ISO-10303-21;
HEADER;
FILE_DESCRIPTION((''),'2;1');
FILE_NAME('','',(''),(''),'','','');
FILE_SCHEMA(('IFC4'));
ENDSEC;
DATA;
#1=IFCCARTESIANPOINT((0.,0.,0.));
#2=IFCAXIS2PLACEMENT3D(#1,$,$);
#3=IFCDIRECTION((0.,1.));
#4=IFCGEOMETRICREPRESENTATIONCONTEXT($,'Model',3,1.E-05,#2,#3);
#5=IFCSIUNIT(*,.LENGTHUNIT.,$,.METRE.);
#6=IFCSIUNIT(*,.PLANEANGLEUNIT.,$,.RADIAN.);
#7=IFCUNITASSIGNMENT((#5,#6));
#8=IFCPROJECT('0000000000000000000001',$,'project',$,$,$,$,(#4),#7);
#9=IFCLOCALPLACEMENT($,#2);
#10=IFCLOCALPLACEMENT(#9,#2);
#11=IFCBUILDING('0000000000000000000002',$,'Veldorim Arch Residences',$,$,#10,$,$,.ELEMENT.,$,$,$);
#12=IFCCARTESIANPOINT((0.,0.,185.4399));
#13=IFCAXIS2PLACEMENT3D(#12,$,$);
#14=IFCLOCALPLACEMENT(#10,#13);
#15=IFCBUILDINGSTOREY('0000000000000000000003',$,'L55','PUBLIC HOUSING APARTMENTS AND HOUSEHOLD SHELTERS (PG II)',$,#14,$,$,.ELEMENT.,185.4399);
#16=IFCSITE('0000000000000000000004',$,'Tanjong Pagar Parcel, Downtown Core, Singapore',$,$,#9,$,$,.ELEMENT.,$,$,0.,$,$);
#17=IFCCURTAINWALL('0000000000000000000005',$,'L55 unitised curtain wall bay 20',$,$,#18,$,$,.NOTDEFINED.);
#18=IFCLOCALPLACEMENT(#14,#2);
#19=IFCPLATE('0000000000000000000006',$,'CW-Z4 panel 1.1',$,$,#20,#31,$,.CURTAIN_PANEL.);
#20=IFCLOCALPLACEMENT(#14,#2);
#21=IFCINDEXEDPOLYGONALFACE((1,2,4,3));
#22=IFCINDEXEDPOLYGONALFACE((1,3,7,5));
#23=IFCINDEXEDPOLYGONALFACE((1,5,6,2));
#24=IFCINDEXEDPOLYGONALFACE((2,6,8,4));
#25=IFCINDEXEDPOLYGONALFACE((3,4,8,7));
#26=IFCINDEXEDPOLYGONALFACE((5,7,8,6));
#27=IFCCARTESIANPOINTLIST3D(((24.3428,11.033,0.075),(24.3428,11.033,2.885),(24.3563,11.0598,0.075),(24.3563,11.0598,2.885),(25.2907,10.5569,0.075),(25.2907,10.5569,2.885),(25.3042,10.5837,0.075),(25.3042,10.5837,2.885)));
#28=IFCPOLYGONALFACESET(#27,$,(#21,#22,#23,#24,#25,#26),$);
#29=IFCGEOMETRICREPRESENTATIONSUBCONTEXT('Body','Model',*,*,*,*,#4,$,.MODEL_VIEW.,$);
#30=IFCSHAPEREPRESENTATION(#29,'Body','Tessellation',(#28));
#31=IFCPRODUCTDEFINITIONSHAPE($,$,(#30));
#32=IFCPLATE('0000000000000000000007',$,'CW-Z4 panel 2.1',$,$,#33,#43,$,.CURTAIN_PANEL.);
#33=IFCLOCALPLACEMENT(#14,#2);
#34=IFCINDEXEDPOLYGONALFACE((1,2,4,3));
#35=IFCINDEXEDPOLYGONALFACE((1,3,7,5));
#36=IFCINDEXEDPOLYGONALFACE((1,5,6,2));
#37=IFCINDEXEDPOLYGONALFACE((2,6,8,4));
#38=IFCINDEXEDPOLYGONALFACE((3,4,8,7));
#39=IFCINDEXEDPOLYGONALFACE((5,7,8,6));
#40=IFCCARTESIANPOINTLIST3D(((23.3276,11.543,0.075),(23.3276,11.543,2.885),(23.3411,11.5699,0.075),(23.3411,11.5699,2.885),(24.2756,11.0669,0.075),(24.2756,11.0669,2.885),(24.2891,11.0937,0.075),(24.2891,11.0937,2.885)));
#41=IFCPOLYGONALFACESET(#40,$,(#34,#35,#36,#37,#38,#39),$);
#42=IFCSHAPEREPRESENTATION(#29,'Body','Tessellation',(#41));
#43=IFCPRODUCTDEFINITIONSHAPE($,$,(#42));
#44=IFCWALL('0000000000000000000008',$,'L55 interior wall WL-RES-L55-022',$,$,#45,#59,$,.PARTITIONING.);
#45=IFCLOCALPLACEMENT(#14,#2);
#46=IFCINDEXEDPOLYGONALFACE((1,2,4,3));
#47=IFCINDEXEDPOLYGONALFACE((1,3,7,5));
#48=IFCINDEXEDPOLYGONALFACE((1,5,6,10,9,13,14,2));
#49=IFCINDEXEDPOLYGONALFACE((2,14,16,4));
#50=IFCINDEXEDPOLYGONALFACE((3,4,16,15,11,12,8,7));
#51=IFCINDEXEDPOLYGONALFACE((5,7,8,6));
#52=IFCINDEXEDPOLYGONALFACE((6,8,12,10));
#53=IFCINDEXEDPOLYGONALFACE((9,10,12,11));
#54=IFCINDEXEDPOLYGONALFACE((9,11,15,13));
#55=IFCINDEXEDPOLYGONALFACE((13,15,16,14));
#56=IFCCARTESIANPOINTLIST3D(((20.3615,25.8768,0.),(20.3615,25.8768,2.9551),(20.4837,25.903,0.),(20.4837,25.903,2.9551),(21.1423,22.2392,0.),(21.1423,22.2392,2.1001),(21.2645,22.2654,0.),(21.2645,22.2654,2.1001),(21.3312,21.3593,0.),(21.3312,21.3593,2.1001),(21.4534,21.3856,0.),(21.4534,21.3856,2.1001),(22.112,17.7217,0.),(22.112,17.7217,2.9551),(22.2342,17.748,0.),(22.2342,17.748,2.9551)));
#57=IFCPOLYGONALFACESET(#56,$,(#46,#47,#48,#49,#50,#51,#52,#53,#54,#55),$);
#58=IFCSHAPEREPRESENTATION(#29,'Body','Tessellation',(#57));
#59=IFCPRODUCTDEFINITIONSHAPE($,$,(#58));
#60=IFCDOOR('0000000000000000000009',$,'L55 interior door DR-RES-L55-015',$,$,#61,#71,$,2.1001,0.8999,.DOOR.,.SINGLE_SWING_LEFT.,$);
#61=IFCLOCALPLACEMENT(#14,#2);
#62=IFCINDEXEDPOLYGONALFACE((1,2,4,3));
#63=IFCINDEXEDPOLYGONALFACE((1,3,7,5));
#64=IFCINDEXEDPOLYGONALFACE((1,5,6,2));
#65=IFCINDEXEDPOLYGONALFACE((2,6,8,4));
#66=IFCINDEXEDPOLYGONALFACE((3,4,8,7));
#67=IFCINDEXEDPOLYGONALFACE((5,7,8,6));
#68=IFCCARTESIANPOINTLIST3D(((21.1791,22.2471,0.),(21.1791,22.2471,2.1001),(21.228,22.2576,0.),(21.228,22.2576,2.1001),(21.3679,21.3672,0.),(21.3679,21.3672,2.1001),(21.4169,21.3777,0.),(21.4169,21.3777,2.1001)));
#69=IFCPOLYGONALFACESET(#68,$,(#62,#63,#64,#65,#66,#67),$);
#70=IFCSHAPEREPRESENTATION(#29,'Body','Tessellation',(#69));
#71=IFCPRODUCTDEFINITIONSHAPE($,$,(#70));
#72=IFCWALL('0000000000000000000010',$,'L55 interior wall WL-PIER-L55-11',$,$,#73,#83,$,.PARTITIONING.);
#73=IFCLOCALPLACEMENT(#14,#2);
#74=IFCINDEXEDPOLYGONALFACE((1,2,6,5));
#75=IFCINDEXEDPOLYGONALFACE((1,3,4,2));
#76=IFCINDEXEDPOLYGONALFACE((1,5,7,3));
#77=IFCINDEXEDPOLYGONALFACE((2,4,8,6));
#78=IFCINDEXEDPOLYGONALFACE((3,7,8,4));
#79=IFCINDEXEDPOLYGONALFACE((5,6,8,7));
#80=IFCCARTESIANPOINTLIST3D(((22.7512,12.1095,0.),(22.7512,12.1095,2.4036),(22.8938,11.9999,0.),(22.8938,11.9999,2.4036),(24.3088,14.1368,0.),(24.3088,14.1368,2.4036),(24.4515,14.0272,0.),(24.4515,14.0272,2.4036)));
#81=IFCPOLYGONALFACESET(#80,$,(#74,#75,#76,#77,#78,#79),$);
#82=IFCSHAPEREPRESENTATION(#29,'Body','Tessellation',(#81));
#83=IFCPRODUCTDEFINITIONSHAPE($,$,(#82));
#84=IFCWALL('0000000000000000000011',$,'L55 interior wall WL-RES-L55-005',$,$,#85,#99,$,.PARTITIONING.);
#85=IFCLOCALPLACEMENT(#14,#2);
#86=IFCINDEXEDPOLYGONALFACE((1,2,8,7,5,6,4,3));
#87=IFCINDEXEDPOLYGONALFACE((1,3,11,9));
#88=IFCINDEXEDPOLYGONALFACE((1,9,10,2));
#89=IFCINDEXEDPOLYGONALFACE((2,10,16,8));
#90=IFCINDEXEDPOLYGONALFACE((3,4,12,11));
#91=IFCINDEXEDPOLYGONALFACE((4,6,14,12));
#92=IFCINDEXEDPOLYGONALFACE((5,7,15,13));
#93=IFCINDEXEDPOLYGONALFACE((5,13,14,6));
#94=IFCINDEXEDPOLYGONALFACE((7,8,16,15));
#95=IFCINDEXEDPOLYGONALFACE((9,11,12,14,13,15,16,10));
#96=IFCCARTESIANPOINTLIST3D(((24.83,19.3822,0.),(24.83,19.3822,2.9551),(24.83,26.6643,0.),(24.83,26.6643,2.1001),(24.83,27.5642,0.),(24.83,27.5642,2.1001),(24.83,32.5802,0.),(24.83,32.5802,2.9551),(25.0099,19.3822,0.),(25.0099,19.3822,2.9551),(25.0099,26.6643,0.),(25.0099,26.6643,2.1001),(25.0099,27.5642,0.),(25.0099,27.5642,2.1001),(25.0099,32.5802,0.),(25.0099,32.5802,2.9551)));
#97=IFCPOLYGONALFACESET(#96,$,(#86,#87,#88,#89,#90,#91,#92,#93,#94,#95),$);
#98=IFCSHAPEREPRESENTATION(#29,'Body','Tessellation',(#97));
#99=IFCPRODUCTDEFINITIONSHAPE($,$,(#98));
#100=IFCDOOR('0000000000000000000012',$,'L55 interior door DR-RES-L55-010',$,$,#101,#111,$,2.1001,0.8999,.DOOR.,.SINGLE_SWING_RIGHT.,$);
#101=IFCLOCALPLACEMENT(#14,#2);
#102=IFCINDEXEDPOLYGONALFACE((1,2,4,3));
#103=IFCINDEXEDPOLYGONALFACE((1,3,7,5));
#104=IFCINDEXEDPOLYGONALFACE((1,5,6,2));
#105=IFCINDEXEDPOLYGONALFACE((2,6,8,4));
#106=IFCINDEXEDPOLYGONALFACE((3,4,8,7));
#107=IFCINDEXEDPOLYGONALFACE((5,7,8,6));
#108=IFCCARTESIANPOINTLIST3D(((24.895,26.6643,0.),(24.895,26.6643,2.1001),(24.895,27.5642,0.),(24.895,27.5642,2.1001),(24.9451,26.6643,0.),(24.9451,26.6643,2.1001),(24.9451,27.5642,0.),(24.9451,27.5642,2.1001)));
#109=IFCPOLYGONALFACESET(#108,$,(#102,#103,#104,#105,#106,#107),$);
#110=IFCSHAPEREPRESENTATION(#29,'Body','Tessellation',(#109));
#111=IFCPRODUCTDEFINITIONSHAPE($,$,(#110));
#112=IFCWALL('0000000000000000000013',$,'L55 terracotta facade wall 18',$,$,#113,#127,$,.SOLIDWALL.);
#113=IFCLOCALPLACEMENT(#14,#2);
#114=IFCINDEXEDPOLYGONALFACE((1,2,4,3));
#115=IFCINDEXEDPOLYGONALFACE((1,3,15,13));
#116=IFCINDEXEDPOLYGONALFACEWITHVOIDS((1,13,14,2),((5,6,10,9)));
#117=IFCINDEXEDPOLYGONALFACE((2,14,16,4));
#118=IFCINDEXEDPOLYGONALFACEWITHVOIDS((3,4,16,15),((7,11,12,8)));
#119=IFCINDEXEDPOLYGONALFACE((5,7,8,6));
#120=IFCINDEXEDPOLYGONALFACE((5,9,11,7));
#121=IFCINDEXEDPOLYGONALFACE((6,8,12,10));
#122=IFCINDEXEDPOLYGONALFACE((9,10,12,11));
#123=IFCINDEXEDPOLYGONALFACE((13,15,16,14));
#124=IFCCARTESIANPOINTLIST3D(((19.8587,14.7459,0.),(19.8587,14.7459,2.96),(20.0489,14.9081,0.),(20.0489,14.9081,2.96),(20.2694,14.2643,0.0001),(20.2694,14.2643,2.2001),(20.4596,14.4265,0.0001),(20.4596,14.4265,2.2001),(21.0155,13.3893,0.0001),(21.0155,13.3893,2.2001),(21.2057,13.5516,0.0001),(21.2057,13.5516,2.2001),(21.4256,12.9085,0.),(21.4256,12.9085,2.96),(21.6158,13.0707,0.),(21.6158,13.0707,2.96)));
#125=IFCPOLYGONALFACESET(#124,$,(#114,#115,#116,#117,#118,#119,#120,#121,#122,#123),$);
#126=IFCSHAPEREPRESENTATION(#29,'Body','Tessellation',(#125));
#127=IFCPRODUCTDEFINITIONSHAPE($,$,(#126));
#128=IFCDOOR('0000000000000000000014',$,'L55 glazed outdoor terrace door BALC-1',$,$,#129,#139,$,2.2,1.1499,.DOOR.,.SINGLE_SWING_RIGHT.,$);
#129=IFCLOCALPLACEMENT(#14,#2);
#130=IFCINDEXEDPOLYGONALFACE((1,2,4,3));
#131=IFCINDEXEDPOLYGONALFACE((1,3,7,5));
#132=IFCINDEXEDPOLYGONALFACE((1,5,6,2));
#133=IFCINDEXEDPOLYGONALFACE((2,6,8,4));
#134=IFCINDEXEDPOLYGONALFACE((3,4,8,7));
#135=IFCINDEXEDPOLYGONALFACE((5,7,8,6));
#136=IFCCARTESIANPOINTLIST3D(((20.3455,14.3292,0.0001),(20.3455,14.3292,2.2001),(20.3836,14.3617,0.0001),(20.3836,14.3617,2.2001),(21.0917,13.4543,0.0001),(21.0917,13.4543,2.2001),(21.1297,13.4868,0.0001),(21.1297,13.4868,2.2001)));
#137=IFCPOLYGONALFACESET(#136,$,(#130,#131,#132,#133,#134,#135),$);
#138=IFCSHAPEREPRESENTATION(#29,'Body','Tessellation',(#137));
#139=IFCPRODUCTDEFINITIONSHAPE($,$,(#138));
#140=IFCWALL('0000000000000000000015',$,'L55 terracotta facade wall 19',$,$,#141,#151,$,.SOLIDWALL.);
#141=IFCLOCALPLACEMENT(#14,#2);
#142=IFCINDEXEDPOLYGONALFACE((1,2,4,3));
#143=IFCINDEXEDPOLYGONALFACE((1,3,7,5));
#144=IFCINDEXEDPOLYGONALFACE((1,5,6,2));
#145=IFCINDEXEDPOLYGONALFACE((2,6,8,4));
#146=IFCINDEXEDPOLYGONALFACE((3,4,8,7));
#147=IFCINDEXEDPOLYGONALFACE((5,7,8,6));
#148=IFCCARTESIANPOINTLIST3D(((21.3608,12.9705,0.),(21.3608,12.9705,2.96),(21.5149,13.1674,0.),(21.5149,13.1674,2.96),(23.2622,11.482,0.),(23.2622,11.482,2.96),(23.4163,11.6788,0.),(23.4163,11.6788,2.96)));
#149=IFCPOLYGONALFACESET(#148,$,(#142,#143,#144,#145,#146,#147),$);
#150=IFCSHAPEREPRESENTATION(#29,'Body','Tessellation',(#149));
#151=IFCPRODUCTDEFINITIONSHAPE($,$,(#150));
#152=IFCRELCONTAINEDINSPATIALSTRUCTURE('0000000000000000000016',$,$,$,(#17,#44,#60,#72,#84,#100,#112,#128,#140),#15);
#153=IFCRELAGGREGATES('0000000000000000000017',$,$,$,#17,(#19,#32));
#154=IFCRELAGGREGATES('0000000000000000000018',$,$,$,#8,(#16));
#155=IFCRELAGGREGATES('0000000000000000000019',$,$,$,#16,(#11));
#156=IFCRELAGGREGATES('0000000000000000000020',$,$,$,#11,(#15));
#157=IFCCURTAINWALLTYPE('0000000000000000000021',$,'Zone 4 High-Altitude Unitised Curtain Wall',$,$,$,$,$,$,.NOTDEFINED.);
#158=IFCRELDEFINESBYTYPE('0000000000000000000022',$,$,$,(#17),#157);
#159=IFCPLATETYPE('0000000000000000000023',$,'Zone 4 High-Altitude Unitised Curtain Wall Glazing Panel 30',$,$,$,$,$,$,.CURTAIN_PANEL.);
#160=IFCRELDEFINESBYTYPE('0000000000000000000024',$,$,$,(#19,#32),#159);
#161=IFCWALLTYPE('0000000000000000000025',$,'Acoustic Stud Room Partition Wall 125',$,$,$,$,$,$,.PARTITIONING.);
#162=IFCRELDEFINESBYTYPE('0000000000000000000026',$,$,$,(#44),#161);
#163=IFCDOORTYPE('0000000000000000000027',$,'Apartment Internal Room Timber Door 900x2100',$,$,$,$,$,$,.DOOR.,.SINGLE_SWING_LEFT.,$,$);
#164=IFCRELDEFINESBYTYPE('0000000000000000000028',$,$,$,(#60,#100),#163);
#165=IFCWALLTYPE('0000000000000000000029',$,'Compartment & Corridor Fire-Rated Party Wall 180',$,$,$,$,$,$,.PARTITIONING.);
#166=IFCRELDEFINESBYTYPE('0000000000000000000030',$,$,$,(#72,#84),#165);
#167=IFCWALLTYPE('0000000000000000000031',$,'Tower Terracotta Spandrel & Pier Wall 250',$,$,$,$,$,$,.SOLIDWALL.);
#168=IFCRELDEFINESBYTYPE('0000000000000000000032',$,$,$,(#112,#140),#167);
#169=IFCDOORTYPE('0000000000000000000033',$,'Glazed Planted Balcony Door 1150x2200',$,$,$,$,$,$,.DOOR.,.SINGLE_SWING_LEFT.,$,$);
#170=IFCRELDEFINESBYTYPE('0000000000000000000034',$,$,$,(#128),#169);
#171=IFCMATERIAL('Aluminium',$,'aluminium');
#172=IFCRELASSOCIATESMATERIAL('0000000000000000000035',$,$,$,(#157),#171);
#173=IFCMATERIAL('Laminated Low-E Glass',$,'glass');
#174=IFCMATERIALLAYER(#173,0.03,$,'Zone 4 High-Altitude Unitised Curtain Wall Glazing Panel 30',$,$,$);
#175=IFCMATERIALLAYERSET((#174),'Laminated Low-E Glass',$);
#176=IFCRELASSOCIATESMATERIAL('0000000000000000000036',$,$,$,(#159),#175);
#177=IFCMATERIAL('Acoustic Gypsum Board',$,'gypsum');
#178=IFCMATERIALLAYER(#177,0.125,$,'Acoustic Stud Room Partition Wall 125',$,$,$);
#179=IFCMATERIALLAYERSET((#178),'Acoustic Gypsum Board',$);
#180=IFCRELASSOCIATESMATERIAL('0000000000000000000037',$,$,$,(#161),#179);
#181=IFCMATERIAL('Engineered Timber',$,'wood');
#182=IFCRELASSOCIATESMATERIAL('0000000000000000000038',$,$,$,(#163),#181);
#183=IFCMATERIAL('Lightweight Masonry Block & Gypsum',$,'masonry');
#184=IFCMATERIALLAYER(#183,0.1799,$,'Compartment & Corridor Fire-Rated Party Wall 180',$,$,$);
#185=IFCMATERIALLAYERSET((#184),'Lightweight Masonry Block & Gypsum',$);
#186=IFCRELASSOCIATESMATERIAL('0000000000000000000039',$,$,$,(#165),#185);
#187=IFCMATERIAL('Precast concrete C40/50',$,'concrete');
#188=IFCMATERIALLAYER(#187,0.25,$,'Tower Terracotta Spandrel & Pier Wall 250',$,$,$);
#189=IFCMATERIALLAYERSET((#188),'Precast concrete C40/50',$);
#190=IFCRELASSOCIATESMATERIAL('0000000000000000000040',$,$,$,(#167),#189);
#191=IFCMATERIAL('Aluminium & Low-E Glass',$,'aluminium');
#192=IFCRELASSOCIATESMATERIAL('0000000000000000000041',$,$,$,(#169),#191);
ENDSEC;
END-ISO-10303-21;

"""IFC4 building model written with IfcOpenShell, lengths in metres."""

from ifc_helpers import new_model, si_unit, direction, frame, frame_2d, origin, origin_2d, place, context, subcontext, project, spatial, rectangle, extrude, material, layer, layer_set, type_object, element, fill, aggregate, save


model = new_model("IFC4")

# Units and contexts
model_context = context("Model", 3, precision=1e-05, world=origin(), true_north=direction((0.0, 1.0)))
body_context = subcontext(model_context, "Body", "Model", "MODEL_VIEW")
ifc_project = project(units=[si_unit("LENGTHUNIT", "METRE"), si_unit("PLANEANGLEUNIT", "RADIAN")], contexts=[model_context])

# Site, building, storey
site_placement = place(None, origin())
site = spatial("IfcSite", under=ifc_project, at=site_placement, Name="Tanjong Pagar Parcel, Downtown Core, Singapore", CompositionType="ELEMENT", RefElevation=0.0)
building_placement = place(site_placement, origin())
building = spatial("IfcBuilding", under=site, at=building_placement, Name="Veldorim Arch Residences", CompositionType="ELEMENT")
storey_placement = place(building_placement, frame((0.0, 0.0, 185.4399)))
storey = spatial("IfcBuildingStorey", under=building, at=storey_placement, Name="L55", Description="PUBLIC HOUSING APARTMENTS AND HOUSEHOLD SHELTERS (PG II)", CompositionType="ELEMENT", Elevation=185.4399)

# Curtain wall, plates
ifc_material_1 = material(Name="Aluminium", Category="aluminium")
curtain_wall_type = type_object("IfcCurtainWallType", Name="Zone 4 High-Altitude Unitised Curtain Wall", PredefinedType="NOTDEFINED", material=ifc_material_1)
curtain_wall_placement = place(storey_placement, origin())
curtain_wall = element("IfcCurtainWall", 1, at=curtain_wall_placement, inside=storey, type_object=curtain_wall_type, Name="L55 unitised curtain wall bay 20", PredefinedType="NOTDEFINED")
ifc_material_2 = material(Name="Laminated Low-E Glass", Category="glass")
ifc_layer_1 = layer(ifc_material_2, 0.03, Name="Zone 4 High-Altitude Unitised Curtain Wall Glazing Panel 30")
ifc_layer_set_1 = layer_set([ifc_layer_1], Name="Laminated Low-E Glass")
plate_type = type_object("IfcPlateType", Name="Zone 4 High-Altitude Unitised Curtain Wall Glazing Panel 30", PredefinedType="CURTAIN_PANEL", material=ifc_layer_set_1)
plate_1_placement = place(storey_placement, frame((24.8235, 10.8083, 0.075), z_axis=(0.0, 0.0, 1.0), x_axis=(-0.893599, 0.448866, 0.0)))
plate_1 = element("IfcPlate", 2, at=plate_1_placement, type_object=plate_type, Name="CW-Z4 panel 1.1", PredefinedType="CURTAIN_PANEL", context=body_context, shape_type="SweptSolid", body=[
    extrude(rectangle(XDim=1.0608, YDim=0.03, at=origin_2d()), origin(), (0.0, 0.0, 1.0), 2.8101),
])
plate_2_placement = place(storey_placement, frame((23.8083, 11.3184, 0.075), z_axis=(0.0, 0.0, 1.0), x_axis=(-0.893599, 0.448866, 0.0)))
plate_2 = element("IfcPlate", 3, at=plate_2_placement, type_object=plate_type, Name="CW-Z4 panel 2.1", PredefinedType="CURTAIN_PANEL", context=body_context, shape_type="SweptSolid", body=[
    extrude(rectangle(XDim=1.0608, YDim=0.03, at=origin_2d()), origin(), (0.0, 0.0, 1.0), 2.8101),
])
aggregate(curtain_wall, [plate_1, plate_2])

# Wall, opening, door
ifc_material_3 = material(Name="Acoustic Gypsum Board", Category="gypsum")
ifc_layer_2 = layer(ifc_material_3, 0.125, Name="Acoustic Stud Room Partition Wall 125")
ifc_layer_set_2 = layer_set([ifc_layer_2], Name="Acoustic Gypsum Board")
wall_type_1 = type_object("IfcWallType", Name="Acoustic Stud Room Partition Wall 125", PredefinedType="PARTITIONING", material=ifc_layer_set_2)
wall_1_placement = place(storey_placement, frame((22.1731, 17.7349, 0.0), z_axis=(0.0, 0.0, 1.0), x_axis=(-0.209871, 0.977729, 0.0)))
wall_1 = element("IfcWall", 4, at=wall_1_placement, inside=storey, type_object=wall_type_1, Name="L55 interior wall WL-RES-L55-022", PredefinedType="PARTITIONING", context=body_context, shape_type="SweptSolid", body=[
    extrude(rectangle(XDim=8.3408, YDim=0.125, at=frame_2d((4.1704, 0.0))), origin(), (0.0, 0.0, 1.0), 2.9551),
])
opening_1_placement = place(wall_1_placement, frame((3.7205, 0.0, 0.0)))
opening_1 = element("IfcOpeningElement", 5, at=opening_1_placement, cuts=wall_1, PredefinedType="OPENING", context=body_context, shape_type="SweptSolid", body=[
    extrude(rectangle(XDim=0.8999, YDim=2.1001, at=frame_2d((0.45, 1.05))), frame((0.0, 0.0725, 0.0), z_axis=(0.0, -1.0, 0.0), x_axis=(1.0, 0.0, 0.0)), (0.0, 0.0, 1.0), 0.145),
])
ifc_material_4 = material(Name="Engineered Timber", Category="wood")
door_type_1 = type_object("IfcDoorType", Name="Apartment Internal Room Timber Door 900x2100", OperationType="SINGLE_SWING_LEFT", PredefinedType="DOOR", material=ifc_material_4)
door_1_placement = place(opening_1_placement, origin())
door_1 = element("IfcDoor", 6, at=door_1_placement, inside=storey, type_object=door_type_1, Name="L55 interior door DR-RES-L55-015", OperationType="SINGLE_SWING_LEFT", OverallHeight=2.1001, OverallWidth=0.8999, PredefinedType="DOOR", context=body_context, shape_type="SweptSolid", body=[
    extrude(rectangle(XDim=0.8999, YDim=2.1001, at=frame_2d((0.45, 1.05))), frame((0.0, 0.0249, 0.0), z_axis=(0.0, -1.0, 0.0), x_axis=(1.0, 0.0, 0.0)), (0.0, 0.0, 1.0), 0.05),
])
fill(opening_1, door_1)

# Wall
ifc_material_5 = material(Name="Lightweight Masonry Block & Gypsum", Category="masonry")
ifc_layer_3 = layer(ifc_material_5, 0.1799, Name="Compartment & Corridor Fire-Rated Party Wall 180")
ifc_layer_set_3 = layer_set([ifc_layer_3], Name="Lightweight Masonry Block & Gypsum")
wall_type_2 = type_object("IfcWallType", Name="Compartment & Corridor Fire-Rated Party Wall 180", PredefinedType="PARTITIONING", material=ifc_layer_set_3)
wall_2_placement = place(storey_placement, frame((24.3801, 14.082, 0.0), z_axis=(0.0, 0.0, 1.0), x_axis=(-0.609249, -0.792979, 0.0)))
element("IfcWall", 7, at=wall_2_placement, inside=storey, type_object=wall_type_2, Name="L55 interior wall WL-PIER-L55-11", PredefinedType="PARTITIONING", context=body_context, shape_type="SweptSolid", body=[
    extrude(rectangle(XDim=2.5566, YDim=0.1799, at=frame_2d((1.2783, 0.0))), origin(), (0.0, 0.0, 1.0), 2.4036),
])

# Walls, openings, doors
wall_3_placement = place(storey_placement, frame((24.9199, 19.3821, 0.0), z_axis=(0.0, 0.0, 1.0), x_axis=(0.0, 1.0, 0.0)))
wall_3 = element("IfcWall", 8, at=wall_3_placement, inside=storey, type_object=wall_type_2, Name="L55 interior wall WL-RES-L55-005", PredefinedType="PARTITIONING", context=body_context, shape_type="SweptSolid", body=[
    extrude(rectangle(XDim=13.198, YDim=0.1799, at=frame_2d((6.5991, 0.0))), origin(), (0.0, 0.0, 1.0), 2.9551),
])
opening_2_placement = place(wall_3_placement, frame((7.2822, 0.0, 0.0)))
opening_2 = element("IfcOpeningElement", 9, at=opening_2_placement, cuts=wall_3, PredefinedType="OPENING", context=body_context, shape_type="SweptSolid", body=[
    extrude(rectangle(XDim=0.8999, YDim=2.1001, at=frame_2d((0.45, 1.05))), frame((0.0, 0.0999, 0.0), z_axis=(0.0, -1.0, 0.0), x_axis=(1.0, 0.0, 0.0)), (0.0, 0.0, 1.0), 0.2),
])
door_2_placement = place(opening_2_placement, origin())
door_2 = element("IfcDoor", 10, at=door_2_placement, inside=storey, type_object=door_type_1, Name="L55 interior door DR-RES-L55-010", OperationType="SINGLE_SWING_RIGHT", OverallHeight=2.1001, OverallWidth=0.8999, PredefinedType="DOOR", context=body_context, shape_type="SweptSolid", body=[
    extrude(rectangle(XDim=0.8999, YDim=2.1001, at=frame_2d((0.45, 1.05))), frame((0.0, 0.0249, 0.0), z_axis=(0.0, -1.0, 0.0), x_axis=(1.0, 0.0, 0.0)), (0.0, 0.0, 1.0), 0.05),
])
fill(opening_2, door_2)
ifc_material_6 = material(Name="Precast concrete C40/50", Category="concrete")
ifc_layer_4 = layer(ifc_material_6, 0.25, Name="Tower Terracotta Spandrel & Pier Wall 250")
ifc_layer_set_4 = layer_set([ifc_layer_4], Name="Precast concrete C40/50")
wall_type_3 = type_object("IfcWallType", Name="Tower Terracotta Spandrel & Pier Wall 250", PredefinedType="SOLIDWALL", material=ifc_layer_set_4)
wall_4_placement = place(storey_placement, frame((21.5208, 12.9895, 0.0), z_axis=(0.0, 0.0, 1.0), x_axis=(-0.648874, 0.760896, 0.0)))
wall_4 = element("IfcWall", 11, at=wall_4_placement, inside=storey, type_object=wall_type_3, Name="L55 terracotta facade wall 18", PredefinedType="SOLIDWALL", context=body_context, shape_type="SweptSolid", body=[
    extrude(rectangle(XDim=2.4148, YDim=0.25, at=frame_2d((1.2075, 0.0))), origin(), (0.0, 0.0, 1.0), 2.96),
])
opening_3_placement = place(wall_4_placement, frame((0.6321, 0.0, 0.0)))
opening_3 = element("IfcOpeningElement", 12, at=opening_3_placement, cuts=wall_4, PredefinedType="OPENING", context=body_context, shape_type="SweptSolid", body=[
    extrude(rectangle(XDim=1.1499, YDim=2.2, at=frame_2d((0.575, 1.1001))), frame((0.0, 0.135, 0.0), z_axis=(0.0, -1.0, 0.0), x_axis=(1.0, 0.0, 0.0)), (0.0, 0.0, 1.0), 0.27),
])
ifc_material_7 = material(Name="Aluminium & Low-E Glass", Category="aluminium")
door_type_2 = type_object("IfcDoorType", Name="Glazed Planted Balcony Door 1150x2200", OperationType="SINGLE_SWING_LEFT", PredefinedType="DOOR", material=ifc_material_7)
door_3_placement = place(opening_3_placement, origin())
door_3 = element("IfcDoor", 13, at=door_3_placement, inside=storey, type_object=door_type_2, Name="L55 glazed outdoor terrace door BALC-1", OperationType="SINGLE_SWING_RIGHT", OverallHeight=2.2, OverallWidth=1.1499, PredefinedType="DOOR", context=body_context, shape_type="SweptSolid", body=[
    extrude(rectangle(XDim=1.1499, YDim=2.2, at=frame_2d((0.575, 1.1001))), frame((0.0, 0.0249, 0.0), z_axis=(0.0, -1.0, 0.0), x_axis=(1.0, 0.0, 0.0)), (0.0, 0.0, 1.0), 0.05),
])
fill(opening_3, door_3)

# Wall
wall_5_placement = place(storey_placement, frame((23.3394, 11.5803, 0.0), z_axis=(0.0, 0.0, 1.0), x_axis=(-0.787405, 0.616436, 0.0)))
element("IfcWall", 14, at=wall_5_placement, inside=storey, type_object=wall_type_3, Name="L55 terracotta facade wall 19", PredefinedType="SOLIDWALL", context=body_context, shape_type="SweptSolid", body=[
    extrude(rectangle(XDim=2.4148, YDim=0.25, at=frame_2d((1.2075, 0.0))), origin(), (0.0, 0.0, 1.0), 2.96),
])

save(model, "model.ifc")
